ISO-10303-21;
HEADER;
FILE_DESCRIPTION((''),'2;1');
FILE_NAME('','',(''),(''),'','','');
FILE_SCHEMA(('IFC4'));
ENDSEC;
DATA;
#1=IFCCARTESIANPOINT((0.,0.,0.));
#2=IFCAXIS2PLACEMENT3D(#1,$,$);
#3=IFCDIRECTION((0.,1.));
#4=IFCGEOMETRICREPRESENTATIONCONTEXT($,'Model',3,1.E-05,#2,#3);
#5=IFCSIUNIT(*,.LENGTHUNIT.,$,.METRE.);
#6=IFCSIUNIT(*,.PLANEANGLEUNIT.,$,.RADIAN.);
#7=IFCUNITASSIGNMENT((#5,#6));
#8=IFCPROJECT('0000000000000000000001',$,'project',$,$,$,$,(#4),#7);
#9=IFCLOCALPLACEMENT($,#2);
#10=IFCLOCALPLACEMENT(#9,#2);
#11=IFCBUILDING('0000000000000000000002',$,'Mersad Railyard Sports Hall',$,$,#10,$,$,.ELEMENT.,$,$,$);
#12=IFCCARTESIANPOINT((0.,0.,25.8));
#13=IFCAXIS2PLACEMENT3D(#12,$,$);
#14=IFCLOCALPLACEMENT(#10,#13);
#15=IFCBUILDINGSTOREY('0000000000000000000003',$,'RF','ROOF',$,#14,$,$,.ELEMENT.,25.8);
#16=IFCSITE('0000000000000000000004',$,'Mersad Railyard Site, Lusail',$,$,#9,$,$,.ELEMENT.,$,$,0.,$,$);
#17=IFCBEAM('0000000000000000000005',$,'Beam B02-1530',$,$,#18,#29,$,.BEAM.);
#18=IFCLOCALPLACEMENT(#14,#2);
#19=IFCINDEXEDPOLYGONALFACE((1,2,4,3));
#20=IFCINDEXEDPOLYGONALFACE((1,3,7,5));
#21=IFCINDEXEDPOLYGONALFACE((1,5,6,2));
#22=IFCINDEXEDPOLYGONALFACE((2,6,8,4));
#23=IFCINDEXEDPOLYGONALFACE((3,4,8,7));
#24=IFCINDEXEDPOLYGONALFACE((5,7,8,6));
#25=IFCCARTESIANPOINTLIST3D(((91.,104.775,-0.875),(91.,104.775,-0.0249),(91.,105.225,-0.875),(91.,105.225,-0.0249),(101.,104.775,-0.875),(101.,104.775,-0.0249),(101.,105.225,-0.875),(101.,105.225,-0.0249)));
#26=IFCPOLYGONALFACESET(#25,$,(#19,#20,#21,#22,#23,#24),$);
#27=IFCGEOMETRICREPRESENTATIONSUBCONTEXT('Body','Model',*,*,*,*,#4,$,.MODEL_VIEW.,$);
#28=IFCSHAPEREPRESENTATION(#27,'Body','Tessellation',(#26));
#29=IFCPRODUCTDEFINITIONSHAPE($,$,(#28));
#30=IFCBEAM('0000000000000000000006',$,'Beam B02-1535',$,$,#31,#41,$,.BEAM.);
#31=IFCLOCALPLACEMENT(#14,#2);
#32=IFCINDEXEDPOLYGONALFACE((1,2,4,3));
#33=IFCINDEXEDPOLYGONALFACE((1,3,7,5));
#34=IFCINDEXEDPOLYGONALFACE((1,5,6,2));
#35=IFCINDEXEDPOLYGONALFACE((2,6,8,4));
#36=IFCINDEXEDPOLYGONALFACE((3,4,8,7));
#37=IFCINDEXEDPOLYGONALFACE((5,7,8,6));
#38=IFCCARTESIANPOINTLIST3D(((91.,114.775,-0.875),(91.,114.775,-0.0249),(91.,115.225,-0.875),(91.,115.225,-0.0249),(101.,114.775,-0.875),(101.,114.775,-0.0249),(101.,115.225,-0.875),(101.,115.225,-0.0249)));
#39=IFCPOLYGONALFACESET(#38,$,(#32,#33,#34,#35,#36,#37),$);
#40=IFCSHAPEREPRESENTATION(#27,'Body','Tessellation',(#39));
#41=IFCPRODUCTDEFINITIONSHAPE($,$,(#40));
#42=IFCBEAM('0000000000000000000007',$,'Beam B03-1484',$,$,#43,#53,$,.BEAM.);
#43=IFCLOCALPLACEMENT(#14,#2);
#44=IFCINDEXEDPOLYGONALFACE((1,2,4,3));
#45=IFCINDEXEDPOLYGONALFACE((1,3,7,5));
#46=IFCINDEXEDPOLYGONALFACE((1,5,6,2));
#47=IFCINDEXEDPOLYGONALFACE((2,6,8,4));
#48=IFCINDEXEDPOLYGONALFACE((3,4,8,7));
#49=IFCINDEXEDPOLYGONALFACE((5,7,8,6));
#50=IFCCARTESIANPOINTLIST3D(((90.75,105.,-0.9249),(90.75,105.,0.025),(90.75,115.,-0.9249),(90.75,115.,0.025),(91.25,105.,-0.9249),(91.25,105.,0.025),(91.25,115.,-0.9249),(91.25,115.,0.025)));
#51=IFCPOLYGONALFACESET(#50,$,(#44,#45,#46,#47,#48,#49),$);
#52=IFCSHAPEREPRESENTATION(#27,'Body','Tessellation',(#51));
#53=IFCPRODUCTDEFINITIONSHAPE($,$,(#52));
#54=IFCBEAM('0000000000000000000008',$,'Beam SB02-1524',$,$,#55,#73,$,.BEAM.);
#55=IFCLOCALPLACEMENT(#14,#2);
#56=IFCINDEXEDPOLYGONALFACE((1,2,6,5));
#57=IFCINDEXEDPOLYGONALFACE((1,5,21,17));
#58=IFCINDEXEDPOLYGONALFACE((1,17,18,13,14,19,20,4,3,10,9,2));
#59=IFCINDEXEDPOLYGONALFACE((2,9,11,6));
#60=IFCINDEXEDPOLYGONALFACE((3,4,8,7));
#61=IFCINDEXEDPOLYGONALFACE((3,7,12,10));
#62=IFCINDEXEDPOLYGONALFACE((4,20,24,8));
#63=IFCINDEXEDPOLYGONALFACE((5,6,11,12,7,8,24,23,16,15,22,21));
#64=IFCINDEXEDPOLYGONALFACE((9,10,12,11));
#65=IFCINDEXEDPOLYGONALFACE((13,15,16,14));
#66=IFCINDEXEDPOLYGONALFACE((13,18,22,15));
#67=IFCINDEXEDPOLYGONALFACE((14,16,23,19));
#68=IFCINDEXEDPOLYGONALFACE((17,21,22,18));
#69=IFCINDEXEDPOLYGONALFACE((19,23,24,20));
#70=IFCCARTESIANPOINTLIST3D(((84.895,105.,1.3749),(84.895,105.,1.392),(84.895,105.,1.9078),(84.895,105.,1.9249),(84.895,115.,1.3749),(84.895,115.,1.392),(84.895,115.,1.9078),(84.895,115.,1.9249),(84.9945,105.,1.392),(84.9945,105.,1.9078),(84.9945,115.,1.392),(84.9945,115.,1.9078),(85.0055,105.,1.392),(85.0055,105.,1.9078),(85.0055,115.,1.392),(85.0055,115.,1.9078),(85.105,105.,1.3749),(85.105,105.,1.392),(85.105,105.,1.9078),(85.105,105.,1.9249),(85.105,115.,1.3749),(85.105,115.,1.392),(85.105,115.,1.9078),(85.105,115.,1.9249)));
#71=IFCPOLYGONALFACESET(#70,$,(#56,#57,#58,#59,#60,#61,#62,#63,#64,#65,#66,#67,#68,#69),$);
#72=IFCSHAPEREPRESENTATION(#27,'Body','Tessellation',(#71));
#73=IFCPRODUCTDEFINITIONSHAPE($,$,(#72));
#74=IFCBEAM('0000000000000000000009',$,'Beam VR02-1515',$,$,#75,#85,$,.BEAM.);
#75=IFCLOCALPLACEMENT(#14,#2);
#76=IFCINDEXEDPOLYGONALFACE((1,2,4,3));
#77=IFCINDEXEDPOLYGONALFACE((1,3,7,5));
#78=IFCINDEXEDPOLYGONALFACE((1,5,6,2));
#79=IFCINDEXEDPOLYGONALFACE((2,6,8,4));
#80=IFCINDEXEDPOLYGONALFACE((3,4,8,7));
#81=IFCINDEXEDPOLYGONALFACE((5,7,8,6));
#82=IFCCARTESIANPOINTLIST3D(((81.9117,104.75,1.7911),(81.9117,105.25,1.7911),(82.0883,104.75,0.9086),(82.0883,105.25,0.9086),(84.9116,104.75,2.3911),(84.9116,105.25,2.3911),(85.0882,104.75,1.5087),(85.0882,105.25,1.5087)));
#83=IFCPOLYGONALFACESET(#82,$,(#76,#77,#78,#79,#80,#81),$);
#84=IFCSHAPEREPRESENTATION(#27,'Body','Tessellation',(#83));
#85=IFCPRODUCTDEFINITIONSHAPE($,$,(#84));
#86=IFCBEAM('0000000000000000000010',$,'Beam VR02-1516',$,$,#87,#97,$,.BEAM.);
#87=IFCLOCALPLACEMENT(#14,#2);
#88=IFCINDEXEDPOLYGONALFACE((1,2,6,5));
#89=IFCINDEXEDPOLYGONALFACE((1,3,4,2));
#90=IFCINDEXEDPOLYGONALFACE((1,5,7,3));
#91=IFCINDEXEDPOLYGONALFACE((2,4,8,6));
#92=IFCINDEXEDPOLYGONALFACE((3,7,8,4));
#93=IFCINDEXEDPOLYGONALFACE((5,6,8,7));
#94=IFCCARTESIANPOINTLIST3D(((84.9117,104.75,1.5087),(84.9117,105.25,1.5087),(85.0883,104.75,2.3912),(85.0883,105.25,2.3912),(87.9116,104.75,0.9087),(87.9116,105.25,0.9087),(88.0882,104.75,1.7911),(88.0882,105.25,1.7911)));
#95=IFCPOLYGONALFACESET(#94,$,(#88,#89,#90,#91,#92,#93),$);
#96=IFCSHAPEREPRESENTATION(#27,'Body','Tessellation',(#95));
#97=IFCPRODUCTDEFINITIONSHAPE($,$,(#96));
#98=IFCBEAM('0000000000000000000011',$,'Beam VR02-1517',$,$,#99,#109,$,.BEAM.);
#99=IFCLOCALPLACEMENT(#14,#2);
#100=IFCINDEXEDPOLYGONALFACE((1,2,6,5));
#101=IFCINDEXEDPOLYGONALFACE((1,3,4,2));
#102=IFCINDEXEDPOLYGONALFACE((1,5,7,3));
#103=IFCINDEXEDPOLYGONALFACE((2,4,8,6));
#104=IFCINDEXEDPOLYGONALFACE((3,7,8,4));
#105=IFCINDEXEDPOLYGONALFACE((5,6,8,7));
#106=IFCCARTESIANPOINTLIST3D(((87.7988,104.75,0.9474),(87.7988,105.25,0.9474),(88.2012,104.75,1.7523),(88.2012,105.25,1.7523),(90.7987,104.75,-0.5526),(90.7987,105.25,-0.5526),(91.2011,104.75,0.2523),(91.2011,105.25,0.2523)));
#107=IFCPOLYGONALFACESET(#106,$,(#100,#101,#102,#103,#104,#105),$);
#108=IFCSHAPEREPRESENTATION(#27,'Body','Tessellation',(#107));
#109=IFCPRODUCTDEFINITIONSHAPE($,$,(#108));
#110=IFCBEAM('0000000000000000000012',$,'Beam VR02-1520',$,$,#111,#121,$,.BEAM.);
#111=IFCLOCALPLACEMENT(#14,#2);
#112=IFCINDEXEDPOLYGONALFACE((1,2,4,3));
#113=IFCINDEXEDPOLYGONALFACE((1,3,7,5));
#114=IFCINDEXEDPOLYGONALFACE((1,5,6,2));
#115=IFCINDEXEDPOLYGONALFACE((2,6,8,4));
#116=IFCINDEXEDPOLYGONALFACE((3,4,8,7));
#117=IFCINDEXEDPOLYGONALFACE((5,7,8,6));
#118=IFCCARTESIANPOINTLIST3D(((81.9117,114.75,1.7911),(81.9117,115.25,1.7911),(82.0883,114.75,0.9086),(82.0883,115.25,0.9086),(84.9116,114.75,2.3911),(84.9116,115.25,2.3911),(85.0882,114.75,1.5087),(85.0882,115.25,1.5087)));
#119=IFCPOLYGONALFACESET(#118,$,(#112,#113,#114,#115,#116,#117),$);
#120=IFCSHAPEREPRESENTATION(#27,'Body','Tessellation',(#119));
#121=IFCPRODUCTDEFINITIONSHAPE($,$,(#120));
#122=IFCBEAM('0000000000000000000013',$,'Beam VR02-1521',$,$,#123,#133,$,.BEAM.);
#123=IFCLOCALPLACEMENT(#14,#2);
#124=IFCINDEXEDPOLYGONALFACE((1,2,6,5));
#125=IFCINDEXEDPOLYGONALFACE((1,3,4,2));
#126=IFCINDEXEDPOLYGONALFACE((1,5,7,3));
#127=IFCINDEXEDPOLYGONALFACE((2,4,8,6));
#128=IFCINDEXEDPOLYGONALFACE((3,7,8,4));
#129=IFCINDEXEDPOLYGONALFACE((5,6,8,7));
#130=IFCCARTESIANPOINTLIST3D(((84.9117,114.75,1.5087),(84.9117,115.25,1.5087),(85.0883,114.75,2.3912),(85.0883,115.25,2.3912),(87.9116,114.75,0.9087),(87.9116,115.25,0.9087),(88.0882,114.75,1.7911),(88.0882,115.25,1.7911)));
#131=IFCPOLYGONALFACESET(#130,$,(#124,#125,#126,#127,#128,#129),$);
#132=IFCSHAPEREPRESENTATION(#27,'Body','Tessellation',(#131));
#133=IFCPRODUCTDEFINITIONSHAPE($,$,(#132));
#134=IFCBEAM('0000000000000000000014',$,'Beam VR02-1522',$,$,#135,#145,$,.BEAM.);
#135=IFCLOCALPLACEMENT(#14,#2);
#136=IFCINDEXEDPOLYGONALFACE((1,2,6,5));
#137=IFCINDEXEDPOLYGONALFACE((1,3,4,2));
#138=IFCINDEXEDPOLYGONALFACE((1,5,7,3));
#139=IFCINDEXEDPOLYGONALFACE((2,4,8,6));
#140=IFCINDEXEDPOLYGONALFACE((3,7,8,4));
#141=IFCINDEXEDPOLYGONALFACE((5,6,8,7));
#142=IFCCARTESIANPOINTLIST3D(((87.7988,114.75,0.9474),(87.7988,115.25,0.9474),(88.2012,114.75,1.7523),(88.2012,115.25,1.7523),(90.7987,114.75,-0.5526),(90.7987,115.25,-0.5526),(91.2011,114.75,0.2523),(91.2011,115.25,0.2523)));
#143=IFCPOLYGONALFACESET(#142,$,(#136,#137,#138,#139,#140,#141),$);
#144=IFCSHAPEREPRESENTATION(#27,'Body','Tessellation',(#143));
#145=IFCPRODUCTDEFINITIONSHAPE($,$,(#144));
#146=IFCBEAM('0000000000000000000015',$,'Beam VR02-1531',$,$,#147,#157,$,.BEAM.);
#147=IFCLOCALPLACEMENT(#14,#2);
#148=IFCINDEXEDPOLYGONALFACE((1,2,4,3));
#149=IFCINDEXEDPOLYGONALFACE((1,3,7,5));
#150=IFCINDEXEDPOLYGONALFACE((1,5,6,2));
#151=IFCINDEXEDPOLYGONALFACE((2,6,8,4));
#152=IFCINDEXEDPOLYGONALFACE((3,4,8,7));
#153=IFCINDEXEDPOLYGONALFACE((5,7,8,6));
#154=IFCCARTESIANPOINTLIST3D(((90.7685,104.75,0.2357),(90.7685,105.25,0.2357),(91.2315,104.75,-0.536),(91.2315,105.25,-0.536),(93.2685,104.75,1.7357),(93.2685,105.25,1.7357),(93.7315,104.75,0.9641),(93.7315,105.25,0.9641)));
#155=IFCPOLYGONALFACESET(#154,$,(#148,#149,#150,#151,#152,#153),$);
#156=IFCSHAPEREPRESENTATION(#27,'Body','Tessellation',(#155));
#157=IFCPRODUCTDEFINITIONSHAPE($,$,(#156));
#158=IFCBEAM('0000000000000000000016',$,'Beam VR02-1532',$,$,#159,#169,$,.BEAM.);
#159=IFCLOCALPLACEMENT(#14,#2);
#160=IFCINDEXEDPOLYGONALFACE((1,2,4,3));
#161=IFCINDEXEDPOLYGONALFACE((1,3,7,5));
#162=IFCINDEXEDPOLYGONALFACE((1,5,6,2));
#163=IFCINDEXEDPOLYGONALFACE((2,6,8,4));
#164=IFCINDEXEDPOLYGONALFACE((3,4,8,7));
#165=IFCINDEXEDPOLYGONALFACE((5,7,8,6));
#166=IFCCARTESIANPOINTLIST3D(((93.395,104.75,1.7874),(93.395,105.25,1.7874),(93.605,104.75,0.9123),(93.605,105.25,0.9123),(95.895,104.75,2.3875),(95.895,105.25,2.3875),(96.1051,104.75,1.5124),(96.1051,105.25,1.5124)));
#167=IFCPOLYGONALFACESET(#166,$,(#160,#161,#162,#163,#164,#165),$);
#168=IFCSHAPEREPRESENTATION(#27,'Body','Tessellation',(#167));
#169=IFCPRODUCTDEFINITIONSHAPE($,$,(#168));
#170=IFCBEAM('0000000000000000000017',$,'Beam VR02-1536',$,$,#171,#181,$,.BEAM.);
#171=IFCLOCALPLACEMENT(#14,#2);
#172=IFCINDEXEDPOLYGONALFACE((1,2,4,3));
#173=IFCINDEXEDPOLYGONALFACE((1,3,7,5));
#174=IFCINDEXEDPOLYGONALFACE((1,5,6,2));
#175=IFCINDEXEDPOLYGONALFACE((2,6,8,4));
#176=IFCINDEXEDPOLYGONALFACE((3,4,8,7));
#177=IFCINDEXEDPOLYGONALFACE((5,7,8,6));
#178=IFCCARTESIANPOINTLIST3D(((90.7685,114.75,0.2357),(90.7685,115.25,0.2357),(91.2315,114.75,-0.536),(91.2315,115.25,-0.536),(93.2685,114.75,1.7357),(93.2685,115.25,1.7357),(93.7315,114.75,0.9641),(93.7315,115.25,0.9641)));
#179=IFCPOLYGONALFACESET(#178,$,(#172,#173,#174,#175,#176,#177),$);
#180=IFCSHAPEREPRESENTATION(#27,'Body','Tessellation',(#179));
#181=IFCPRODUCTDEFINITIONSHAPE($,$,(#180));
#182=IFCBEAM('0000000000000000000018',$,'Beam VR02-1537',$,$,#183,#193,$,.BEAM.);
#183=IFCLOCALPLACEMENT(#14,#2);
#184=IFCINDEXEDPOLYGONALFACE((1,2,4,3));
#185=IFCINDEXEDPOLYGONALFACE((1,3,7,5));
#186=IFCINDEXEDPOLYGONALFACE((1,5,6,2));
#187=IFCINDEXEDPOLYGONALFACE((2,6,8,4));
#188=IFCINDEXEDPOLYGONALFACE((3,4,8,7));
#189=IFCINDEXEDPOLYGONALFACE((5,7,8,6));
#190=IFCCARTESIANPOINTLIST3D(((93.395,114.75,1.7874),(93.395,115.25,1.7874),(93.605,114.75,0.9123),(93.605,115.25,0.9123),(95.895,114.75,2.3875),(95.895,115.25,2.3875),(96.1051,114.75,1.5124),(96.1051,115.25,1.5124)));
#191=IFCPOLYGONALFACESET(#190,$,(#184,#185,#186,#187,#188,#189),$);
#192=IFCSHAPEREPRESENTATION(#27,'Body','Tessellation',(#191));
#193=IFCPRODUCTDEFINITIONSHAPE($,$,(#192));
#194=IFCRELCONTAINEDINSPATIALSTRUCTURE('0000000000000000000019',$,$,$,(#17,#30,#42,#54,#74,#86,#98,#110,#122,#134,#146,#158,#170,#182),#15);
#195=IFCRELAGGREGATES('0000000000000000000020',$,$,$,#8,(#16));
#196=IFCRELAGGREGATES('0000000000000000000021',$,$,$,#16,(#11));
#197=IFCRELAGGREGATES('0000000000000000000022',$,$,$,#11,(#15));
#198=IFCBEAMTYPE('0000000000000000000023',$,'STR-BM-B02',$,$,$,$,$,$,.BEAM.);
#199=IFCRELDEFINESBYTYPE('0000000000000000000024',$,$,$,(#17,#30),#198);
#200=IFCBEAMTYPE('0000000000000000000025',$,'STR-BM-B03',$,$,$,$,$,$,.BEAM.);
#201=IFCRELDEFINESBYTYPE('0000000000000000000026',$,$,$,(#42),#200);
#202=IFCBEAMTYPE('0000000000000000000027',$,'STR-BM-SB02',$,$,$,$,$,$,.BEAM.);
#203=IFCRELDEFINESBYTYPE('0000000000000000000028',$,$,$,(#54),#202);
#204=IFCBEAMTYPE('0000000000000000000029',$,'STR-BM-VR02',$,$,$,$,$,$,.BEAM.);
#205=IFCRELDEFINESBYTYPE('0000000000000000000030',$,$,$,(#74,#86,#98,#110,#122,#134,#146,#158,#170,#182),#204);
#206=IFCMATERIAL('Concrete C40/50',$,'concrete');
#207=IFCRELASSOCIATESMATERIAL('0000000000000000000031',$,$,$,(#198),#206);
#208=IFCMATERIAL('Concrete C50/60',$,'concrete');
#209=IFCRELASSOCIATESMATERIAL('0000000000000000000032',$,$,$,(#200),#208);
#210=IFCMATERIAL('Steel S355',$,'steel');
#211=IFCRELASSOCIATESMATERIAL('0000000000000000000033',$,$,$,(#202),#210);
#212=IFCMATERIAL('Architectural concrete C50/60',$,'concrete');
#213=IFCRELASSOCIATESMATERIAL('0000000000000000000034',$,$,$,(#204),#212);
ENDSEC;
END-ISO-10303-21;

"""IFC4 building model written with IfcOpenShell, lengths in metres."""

from ifc_helpers import new_model, si_unit, direction, frame, origin, origin_2d, place, context, subcontext, project, spatial, rectangle, i_section, extrude, material, material_profile, profile_set, type_object, element, save


model = new_model("IFC4")

# Units and contexts
model_context = context("Model", 3, precision=1e-05, world=origin(), true_north=direction((0.0, 1.0)))
body_context = subcontext(model_context, "Body", "Model", "MODEL_VIEW")
ifc_project = project(units=[si_unit("LENGTHUNIT", "METRE"), si_unit("PLANEANGLEUNIT", "RADIAN")], contexts=[model_context])

# Site, building, storey
site_placement = place(None, origin())
site = spatial("IfcSite", under=ifc_project, at=site_placement, Name="Mersad Railyard Site, Lusail", CompositionType="ELEMENT", RefElevation=0.0)
building_placement = place(site_placement, origin())
building = spatial("IfcBuilding", under=site, at=building_placement, Name="Mersad Railyard Sports Hall", CompositionType="ELEMENT")
storey_placement = place(building_placement, frame((0.0, 0.0, 25.8)))
storey = spatial("IfcBuildingStorey", under=building, at=storey_placement, Name="RF", Description="ROOF", CompositionType="ELEMENT", Elevation=25.8)

# Beams
ifc_material_1 = material(Name="Concrete C40/50", Category="concrete")
ifc_material_profile_1 = material_profile(ifc_material_1, rectangle(XDim=0.45, YDim=0.8501, at=origin_2d()), Name="RC 450x850")
ifc_profile_set_1 = profile_set([ifc_material_profile_1], Name="Concrete C40/50")
beam_type_1 = type_object("IfcBeamType", Name="STR-BM-B02", PredefinedType="BEAM", material=ifc_profile_set_1)
for number, where, z_axis, x_axis, name in (
    (1, (91.0, 105.0, -0.45), (1.0, 0.0, 0.0), (0.0, 1.0, 0.0), "Beam B02-1530"),
    (2, (91.0, 115.0, -0.45), (1.0, 0.0, 0.0), (0.0, 1.0, 0.0), "Beam B02-1535"),
):
    element("IfcBeam", number, at=place(storey_placement, frame(where, z_axis=z_axis, x_axis=x_axis)), inside=storey, type_object=beam_type_1, Name=name, PredefinedType="BEAM", context=body_context, shape_type="SweptSolid", body=[
        extrude(rectangle(XDim=0.45, YDim=0.8501, at=origin_2d()), origin(), (0.0, 0.0, 1.0), 10.0),
    ])
ifc_material_2 = material(Name="Concrete C50/60", Category="concrete")
ifc_material_profile_2 = material_profile(ifc_material_2, rectangle(XDim=0.5, YDim=0.95, at=origin_2d()), Name="RC 500x950")
ifc_profile_set_2 = profile_set([ifc_material_profile_2], Name="Concrete C50/60")
beam_type_2 = type_object("IfcBeamType", Name="STR-BM-B03", PredefinedType="BEAM", material=ifc_profile_set_2)
beam_1_placement = place(storey_placement, frame((91.0, 105.0, -0.45), z_axis=(0.0, 1.0, 0.0), x_axis=(-1.0, 0.0, 0.0)))
element("IfcBeam", 3, at=beam_1_placement, inside=storey, type_object=beam_type_2, Name="Beam B03-1484", PredefinedType="BEAM", context=body_context, shape_type="SweptSolid", body=[
    extrude(rectangle(XDim=0.5, YDim=0.95, at=origin_2d()), origin(), (0.0, 0.0, 1.0), 10.0),
])
ifc_material_3 = material(Name="Steel S355", Category="steel")
ifc_material_profile_3 = material_profile(ifc_material_3, i_section(OverallWidth=0.21, OverallDepth=0.55, WebThickness=0.011, FlangeThickness=0.0171, at=origin_2d()), Name="IPE 550")
ifc_profile_set_3 = profile_set([ifc_material_profile_3], Name="Steel S355")
beam_type_3 = type_object("IfcBeamType", Name="STR-BM-SB02", PredefinedType="BEAM", material=ifc_profile_set_3)
beam_2_placement = place(storey_placement, frame((85.0, 105.0, 1.6499), z_axis=(0.0, 1.0, 0.0), x_axis=(-1.0, 0.0, 0.0)))
element("IfcBeam", 4, at=beam_2_placement, inside=storey, type_object=beam_type_3, Name="Beam SB02-1524", PredefinedType="BEAM", context=body_context, shape_type="SweptSolid", body=[
    extrude(i_section(OverallWidth=0.21, OverallDepth=0.55, WebThickness=0.011, FlangeThickness=0.0171, at=origin_2d()), origin(), (0.0, 0.0, 1.0), 10.0),
])
ifc_material_4 = material(Name="Architectural concrete C50/60", Category="concrete")
ifc_material_profile_4 = material_profile(ifc_material_4, rectangle(XDim=0.5, YDim=0.8999, at=origin_2d()), Name="VR 500x900")
ifc_profile_set_4 = profile_set([ifc_material_profile_4], Name="Architectural concrete C50/60")
beam_type_4 = type_object("IfcBeamType", Name="STR-BM-VR02", PredefinedType="BEAM", material=ifc_profile_set_4)
for number, where, z_axis, x_axis, name in (
    (5, (82.0, 105.0, 1.3499), (0.980575, 0.0, 0.196147), (0.0, 1.0, 0.0), "Beam VR02-1515"),
    (6, (85.0, 105.0, 1.95), (0.980575, 0.0, -0.196147), (0.0, 1.0, 0.0), "Beam VR02-1516"),
):
    element("IfcBeam", number, at=place(storey_placement, frame(where, z_axis=z_axis, x_axis=x_axis)), inside=storey, type_object=beam_type_4, Name=name, PredefinedType="BEAM", context=body_context, shape_type="SweptSolid", body=[
        extrude(rectangle(XDim=0.5, YDim=0.8999, at=origin_2d()), origin(), (0.0, 0.0, 1.0), 3.0593),
    ])
beam_3_placement = place(storey_placement, frame((88.0, 105.0, 1.3499), z_axis=(0.894427, 0.0, -0.447214), x_axis=(0.0, 1.0, 0.0)))
element("IfcBeam", 7, at=beam_3_placement, inside=storey, type_object=beam_type_4, Name="Beam VR02-1517", PredefinedType="BEAM", context=body_context, shape_type="SweptSolid", body=[
    extrude(rectangle(XDim=0.5, YDim=0.8999, at=origin_2d()), origin(), (0.0, 0.0, 1.0), 3.354),
])
for number, where, z_axis, x_axis, name in (
    (8, (82.0, 115.0, 1.3499), (0.980575, 0.0, 0.196147), (0.0, 1.0, 0.0), "Beam VR02-1520"),
    (9, (85.0, 115.0, 1.95), (0.980575, 0.0, -0.196147), (0.0, 1.0, 0.0), "Beam VR02-1521"),
):
    element("IfcBeam", number, at=place(storey_placement, frame(where, z_axis=z_axis, x_axis=x_axis)), inside=storey, type_object=beam_type_4, Name=name, PredefinedType="BEAM", context=body_context, shape_type="SweptSolid", body=[
        extrude(rectangle(XDim=0.5, YDim=0.8999, at=origin_2d()), origin(), (0.0, 0.0, 1.0), 3.0593),
    ])
beam_4_placement = place(storey_placement, frame((88.0, 115.0, 1.3499), z_axis=(0.894427, 0.0, -0.447214), x_axis=(0.0, 1.0, 0.0)))
element("IfcBeam", 10, at=beam_4_placement, inside=storey, type_object=beam_type_4, Name="Beam VR02-1522", PredefinedType="BEAM", context=body_context, shape_type="SweptSolid", body=[
    extrude(rectangle(XDim=0.5, YDim=0.8999, at=origin_2d()), origin(), (0.0, 0.0, 1.0), 3.354),
])
beam_5_placement = place(storey_placement, frame((91.0, 105.0, -0.1501), z_axis=(0.857493, 0.0, 0.514496), x_axis=(0.0, 1.0, 0.0)))
element("IfcBeam", 11, at=beam_5_placement, inside=storey, type_object=beam_type_4, Name="Beam VR02-1531", PredefinedType="BEAM", context=body_context, shape_type="SweptSolid", body=[
    extrude(rectangle(XDim=0.5, YDim=0.8999, at=origin_2d()), origin(), (0.0, 0.0, 1.0), 2.9155),
])
beam_6_placement = place(storey_placement, frame((93.5, 105.0, 1.3499), z_axis=(0.972379, 0.0, 0.233409), x_axis=(0.0, 1.0, 0.0)))
element("IfcBeam", 12, at=beam_6_placement, inside=storey, type_object=beam_type_4, Name="Beam VR02-1532", PredefinedType="BEAM", context=body_context, shape_type="SweptSolid", body=[
    extrude(rectangle(XDim=0.5, YDim=0.8999, at=origin_2d()), origin(), (0.0, 0.0, 1.0), 2.571),
])
beam_7_placement = place(storey_placement, frame((91.0, 115.0, -0.1501), z_axis=(0.857493, 0.0, 0.514496), x_axis=(0.0, 1.0, 0.0)))
element("IfcBeam", 13, at=beam_7_placement, inside=storey, type_object=beam_type_4, Name="Beam VR02-1536", PredefinedType="BEAM", context=body_context, shape_type="SweptSolid", body=[
    extrude(rectangle(XDim=0.5, YDim=0.8999, at=origin_2d()), origin(), (0.0, 0.0, 1.0), 2.9155),
])
beam_8_placement = place(storey_placement, frame((93.5, 115.0, 1.3499), z_axis=(0.972379, 0.0, 0.233409), x_axis=(0.0, 1.0, 0.0)))
element("IfcBeam", 14, at=beam_8_placement, inside=storey, type_object=beam_type_4, Name="Beam VR02-1537", PredefinedType="BEAM", context=body_context, shape_type="SweptSolid", body=[
    extrude(rectangle(XDim=0.5, YDim=0.8999, at=origin_2d()), origin(), (0.0, 0.0, 1.0), 2.571),
])

save(model, "model.ifc")
